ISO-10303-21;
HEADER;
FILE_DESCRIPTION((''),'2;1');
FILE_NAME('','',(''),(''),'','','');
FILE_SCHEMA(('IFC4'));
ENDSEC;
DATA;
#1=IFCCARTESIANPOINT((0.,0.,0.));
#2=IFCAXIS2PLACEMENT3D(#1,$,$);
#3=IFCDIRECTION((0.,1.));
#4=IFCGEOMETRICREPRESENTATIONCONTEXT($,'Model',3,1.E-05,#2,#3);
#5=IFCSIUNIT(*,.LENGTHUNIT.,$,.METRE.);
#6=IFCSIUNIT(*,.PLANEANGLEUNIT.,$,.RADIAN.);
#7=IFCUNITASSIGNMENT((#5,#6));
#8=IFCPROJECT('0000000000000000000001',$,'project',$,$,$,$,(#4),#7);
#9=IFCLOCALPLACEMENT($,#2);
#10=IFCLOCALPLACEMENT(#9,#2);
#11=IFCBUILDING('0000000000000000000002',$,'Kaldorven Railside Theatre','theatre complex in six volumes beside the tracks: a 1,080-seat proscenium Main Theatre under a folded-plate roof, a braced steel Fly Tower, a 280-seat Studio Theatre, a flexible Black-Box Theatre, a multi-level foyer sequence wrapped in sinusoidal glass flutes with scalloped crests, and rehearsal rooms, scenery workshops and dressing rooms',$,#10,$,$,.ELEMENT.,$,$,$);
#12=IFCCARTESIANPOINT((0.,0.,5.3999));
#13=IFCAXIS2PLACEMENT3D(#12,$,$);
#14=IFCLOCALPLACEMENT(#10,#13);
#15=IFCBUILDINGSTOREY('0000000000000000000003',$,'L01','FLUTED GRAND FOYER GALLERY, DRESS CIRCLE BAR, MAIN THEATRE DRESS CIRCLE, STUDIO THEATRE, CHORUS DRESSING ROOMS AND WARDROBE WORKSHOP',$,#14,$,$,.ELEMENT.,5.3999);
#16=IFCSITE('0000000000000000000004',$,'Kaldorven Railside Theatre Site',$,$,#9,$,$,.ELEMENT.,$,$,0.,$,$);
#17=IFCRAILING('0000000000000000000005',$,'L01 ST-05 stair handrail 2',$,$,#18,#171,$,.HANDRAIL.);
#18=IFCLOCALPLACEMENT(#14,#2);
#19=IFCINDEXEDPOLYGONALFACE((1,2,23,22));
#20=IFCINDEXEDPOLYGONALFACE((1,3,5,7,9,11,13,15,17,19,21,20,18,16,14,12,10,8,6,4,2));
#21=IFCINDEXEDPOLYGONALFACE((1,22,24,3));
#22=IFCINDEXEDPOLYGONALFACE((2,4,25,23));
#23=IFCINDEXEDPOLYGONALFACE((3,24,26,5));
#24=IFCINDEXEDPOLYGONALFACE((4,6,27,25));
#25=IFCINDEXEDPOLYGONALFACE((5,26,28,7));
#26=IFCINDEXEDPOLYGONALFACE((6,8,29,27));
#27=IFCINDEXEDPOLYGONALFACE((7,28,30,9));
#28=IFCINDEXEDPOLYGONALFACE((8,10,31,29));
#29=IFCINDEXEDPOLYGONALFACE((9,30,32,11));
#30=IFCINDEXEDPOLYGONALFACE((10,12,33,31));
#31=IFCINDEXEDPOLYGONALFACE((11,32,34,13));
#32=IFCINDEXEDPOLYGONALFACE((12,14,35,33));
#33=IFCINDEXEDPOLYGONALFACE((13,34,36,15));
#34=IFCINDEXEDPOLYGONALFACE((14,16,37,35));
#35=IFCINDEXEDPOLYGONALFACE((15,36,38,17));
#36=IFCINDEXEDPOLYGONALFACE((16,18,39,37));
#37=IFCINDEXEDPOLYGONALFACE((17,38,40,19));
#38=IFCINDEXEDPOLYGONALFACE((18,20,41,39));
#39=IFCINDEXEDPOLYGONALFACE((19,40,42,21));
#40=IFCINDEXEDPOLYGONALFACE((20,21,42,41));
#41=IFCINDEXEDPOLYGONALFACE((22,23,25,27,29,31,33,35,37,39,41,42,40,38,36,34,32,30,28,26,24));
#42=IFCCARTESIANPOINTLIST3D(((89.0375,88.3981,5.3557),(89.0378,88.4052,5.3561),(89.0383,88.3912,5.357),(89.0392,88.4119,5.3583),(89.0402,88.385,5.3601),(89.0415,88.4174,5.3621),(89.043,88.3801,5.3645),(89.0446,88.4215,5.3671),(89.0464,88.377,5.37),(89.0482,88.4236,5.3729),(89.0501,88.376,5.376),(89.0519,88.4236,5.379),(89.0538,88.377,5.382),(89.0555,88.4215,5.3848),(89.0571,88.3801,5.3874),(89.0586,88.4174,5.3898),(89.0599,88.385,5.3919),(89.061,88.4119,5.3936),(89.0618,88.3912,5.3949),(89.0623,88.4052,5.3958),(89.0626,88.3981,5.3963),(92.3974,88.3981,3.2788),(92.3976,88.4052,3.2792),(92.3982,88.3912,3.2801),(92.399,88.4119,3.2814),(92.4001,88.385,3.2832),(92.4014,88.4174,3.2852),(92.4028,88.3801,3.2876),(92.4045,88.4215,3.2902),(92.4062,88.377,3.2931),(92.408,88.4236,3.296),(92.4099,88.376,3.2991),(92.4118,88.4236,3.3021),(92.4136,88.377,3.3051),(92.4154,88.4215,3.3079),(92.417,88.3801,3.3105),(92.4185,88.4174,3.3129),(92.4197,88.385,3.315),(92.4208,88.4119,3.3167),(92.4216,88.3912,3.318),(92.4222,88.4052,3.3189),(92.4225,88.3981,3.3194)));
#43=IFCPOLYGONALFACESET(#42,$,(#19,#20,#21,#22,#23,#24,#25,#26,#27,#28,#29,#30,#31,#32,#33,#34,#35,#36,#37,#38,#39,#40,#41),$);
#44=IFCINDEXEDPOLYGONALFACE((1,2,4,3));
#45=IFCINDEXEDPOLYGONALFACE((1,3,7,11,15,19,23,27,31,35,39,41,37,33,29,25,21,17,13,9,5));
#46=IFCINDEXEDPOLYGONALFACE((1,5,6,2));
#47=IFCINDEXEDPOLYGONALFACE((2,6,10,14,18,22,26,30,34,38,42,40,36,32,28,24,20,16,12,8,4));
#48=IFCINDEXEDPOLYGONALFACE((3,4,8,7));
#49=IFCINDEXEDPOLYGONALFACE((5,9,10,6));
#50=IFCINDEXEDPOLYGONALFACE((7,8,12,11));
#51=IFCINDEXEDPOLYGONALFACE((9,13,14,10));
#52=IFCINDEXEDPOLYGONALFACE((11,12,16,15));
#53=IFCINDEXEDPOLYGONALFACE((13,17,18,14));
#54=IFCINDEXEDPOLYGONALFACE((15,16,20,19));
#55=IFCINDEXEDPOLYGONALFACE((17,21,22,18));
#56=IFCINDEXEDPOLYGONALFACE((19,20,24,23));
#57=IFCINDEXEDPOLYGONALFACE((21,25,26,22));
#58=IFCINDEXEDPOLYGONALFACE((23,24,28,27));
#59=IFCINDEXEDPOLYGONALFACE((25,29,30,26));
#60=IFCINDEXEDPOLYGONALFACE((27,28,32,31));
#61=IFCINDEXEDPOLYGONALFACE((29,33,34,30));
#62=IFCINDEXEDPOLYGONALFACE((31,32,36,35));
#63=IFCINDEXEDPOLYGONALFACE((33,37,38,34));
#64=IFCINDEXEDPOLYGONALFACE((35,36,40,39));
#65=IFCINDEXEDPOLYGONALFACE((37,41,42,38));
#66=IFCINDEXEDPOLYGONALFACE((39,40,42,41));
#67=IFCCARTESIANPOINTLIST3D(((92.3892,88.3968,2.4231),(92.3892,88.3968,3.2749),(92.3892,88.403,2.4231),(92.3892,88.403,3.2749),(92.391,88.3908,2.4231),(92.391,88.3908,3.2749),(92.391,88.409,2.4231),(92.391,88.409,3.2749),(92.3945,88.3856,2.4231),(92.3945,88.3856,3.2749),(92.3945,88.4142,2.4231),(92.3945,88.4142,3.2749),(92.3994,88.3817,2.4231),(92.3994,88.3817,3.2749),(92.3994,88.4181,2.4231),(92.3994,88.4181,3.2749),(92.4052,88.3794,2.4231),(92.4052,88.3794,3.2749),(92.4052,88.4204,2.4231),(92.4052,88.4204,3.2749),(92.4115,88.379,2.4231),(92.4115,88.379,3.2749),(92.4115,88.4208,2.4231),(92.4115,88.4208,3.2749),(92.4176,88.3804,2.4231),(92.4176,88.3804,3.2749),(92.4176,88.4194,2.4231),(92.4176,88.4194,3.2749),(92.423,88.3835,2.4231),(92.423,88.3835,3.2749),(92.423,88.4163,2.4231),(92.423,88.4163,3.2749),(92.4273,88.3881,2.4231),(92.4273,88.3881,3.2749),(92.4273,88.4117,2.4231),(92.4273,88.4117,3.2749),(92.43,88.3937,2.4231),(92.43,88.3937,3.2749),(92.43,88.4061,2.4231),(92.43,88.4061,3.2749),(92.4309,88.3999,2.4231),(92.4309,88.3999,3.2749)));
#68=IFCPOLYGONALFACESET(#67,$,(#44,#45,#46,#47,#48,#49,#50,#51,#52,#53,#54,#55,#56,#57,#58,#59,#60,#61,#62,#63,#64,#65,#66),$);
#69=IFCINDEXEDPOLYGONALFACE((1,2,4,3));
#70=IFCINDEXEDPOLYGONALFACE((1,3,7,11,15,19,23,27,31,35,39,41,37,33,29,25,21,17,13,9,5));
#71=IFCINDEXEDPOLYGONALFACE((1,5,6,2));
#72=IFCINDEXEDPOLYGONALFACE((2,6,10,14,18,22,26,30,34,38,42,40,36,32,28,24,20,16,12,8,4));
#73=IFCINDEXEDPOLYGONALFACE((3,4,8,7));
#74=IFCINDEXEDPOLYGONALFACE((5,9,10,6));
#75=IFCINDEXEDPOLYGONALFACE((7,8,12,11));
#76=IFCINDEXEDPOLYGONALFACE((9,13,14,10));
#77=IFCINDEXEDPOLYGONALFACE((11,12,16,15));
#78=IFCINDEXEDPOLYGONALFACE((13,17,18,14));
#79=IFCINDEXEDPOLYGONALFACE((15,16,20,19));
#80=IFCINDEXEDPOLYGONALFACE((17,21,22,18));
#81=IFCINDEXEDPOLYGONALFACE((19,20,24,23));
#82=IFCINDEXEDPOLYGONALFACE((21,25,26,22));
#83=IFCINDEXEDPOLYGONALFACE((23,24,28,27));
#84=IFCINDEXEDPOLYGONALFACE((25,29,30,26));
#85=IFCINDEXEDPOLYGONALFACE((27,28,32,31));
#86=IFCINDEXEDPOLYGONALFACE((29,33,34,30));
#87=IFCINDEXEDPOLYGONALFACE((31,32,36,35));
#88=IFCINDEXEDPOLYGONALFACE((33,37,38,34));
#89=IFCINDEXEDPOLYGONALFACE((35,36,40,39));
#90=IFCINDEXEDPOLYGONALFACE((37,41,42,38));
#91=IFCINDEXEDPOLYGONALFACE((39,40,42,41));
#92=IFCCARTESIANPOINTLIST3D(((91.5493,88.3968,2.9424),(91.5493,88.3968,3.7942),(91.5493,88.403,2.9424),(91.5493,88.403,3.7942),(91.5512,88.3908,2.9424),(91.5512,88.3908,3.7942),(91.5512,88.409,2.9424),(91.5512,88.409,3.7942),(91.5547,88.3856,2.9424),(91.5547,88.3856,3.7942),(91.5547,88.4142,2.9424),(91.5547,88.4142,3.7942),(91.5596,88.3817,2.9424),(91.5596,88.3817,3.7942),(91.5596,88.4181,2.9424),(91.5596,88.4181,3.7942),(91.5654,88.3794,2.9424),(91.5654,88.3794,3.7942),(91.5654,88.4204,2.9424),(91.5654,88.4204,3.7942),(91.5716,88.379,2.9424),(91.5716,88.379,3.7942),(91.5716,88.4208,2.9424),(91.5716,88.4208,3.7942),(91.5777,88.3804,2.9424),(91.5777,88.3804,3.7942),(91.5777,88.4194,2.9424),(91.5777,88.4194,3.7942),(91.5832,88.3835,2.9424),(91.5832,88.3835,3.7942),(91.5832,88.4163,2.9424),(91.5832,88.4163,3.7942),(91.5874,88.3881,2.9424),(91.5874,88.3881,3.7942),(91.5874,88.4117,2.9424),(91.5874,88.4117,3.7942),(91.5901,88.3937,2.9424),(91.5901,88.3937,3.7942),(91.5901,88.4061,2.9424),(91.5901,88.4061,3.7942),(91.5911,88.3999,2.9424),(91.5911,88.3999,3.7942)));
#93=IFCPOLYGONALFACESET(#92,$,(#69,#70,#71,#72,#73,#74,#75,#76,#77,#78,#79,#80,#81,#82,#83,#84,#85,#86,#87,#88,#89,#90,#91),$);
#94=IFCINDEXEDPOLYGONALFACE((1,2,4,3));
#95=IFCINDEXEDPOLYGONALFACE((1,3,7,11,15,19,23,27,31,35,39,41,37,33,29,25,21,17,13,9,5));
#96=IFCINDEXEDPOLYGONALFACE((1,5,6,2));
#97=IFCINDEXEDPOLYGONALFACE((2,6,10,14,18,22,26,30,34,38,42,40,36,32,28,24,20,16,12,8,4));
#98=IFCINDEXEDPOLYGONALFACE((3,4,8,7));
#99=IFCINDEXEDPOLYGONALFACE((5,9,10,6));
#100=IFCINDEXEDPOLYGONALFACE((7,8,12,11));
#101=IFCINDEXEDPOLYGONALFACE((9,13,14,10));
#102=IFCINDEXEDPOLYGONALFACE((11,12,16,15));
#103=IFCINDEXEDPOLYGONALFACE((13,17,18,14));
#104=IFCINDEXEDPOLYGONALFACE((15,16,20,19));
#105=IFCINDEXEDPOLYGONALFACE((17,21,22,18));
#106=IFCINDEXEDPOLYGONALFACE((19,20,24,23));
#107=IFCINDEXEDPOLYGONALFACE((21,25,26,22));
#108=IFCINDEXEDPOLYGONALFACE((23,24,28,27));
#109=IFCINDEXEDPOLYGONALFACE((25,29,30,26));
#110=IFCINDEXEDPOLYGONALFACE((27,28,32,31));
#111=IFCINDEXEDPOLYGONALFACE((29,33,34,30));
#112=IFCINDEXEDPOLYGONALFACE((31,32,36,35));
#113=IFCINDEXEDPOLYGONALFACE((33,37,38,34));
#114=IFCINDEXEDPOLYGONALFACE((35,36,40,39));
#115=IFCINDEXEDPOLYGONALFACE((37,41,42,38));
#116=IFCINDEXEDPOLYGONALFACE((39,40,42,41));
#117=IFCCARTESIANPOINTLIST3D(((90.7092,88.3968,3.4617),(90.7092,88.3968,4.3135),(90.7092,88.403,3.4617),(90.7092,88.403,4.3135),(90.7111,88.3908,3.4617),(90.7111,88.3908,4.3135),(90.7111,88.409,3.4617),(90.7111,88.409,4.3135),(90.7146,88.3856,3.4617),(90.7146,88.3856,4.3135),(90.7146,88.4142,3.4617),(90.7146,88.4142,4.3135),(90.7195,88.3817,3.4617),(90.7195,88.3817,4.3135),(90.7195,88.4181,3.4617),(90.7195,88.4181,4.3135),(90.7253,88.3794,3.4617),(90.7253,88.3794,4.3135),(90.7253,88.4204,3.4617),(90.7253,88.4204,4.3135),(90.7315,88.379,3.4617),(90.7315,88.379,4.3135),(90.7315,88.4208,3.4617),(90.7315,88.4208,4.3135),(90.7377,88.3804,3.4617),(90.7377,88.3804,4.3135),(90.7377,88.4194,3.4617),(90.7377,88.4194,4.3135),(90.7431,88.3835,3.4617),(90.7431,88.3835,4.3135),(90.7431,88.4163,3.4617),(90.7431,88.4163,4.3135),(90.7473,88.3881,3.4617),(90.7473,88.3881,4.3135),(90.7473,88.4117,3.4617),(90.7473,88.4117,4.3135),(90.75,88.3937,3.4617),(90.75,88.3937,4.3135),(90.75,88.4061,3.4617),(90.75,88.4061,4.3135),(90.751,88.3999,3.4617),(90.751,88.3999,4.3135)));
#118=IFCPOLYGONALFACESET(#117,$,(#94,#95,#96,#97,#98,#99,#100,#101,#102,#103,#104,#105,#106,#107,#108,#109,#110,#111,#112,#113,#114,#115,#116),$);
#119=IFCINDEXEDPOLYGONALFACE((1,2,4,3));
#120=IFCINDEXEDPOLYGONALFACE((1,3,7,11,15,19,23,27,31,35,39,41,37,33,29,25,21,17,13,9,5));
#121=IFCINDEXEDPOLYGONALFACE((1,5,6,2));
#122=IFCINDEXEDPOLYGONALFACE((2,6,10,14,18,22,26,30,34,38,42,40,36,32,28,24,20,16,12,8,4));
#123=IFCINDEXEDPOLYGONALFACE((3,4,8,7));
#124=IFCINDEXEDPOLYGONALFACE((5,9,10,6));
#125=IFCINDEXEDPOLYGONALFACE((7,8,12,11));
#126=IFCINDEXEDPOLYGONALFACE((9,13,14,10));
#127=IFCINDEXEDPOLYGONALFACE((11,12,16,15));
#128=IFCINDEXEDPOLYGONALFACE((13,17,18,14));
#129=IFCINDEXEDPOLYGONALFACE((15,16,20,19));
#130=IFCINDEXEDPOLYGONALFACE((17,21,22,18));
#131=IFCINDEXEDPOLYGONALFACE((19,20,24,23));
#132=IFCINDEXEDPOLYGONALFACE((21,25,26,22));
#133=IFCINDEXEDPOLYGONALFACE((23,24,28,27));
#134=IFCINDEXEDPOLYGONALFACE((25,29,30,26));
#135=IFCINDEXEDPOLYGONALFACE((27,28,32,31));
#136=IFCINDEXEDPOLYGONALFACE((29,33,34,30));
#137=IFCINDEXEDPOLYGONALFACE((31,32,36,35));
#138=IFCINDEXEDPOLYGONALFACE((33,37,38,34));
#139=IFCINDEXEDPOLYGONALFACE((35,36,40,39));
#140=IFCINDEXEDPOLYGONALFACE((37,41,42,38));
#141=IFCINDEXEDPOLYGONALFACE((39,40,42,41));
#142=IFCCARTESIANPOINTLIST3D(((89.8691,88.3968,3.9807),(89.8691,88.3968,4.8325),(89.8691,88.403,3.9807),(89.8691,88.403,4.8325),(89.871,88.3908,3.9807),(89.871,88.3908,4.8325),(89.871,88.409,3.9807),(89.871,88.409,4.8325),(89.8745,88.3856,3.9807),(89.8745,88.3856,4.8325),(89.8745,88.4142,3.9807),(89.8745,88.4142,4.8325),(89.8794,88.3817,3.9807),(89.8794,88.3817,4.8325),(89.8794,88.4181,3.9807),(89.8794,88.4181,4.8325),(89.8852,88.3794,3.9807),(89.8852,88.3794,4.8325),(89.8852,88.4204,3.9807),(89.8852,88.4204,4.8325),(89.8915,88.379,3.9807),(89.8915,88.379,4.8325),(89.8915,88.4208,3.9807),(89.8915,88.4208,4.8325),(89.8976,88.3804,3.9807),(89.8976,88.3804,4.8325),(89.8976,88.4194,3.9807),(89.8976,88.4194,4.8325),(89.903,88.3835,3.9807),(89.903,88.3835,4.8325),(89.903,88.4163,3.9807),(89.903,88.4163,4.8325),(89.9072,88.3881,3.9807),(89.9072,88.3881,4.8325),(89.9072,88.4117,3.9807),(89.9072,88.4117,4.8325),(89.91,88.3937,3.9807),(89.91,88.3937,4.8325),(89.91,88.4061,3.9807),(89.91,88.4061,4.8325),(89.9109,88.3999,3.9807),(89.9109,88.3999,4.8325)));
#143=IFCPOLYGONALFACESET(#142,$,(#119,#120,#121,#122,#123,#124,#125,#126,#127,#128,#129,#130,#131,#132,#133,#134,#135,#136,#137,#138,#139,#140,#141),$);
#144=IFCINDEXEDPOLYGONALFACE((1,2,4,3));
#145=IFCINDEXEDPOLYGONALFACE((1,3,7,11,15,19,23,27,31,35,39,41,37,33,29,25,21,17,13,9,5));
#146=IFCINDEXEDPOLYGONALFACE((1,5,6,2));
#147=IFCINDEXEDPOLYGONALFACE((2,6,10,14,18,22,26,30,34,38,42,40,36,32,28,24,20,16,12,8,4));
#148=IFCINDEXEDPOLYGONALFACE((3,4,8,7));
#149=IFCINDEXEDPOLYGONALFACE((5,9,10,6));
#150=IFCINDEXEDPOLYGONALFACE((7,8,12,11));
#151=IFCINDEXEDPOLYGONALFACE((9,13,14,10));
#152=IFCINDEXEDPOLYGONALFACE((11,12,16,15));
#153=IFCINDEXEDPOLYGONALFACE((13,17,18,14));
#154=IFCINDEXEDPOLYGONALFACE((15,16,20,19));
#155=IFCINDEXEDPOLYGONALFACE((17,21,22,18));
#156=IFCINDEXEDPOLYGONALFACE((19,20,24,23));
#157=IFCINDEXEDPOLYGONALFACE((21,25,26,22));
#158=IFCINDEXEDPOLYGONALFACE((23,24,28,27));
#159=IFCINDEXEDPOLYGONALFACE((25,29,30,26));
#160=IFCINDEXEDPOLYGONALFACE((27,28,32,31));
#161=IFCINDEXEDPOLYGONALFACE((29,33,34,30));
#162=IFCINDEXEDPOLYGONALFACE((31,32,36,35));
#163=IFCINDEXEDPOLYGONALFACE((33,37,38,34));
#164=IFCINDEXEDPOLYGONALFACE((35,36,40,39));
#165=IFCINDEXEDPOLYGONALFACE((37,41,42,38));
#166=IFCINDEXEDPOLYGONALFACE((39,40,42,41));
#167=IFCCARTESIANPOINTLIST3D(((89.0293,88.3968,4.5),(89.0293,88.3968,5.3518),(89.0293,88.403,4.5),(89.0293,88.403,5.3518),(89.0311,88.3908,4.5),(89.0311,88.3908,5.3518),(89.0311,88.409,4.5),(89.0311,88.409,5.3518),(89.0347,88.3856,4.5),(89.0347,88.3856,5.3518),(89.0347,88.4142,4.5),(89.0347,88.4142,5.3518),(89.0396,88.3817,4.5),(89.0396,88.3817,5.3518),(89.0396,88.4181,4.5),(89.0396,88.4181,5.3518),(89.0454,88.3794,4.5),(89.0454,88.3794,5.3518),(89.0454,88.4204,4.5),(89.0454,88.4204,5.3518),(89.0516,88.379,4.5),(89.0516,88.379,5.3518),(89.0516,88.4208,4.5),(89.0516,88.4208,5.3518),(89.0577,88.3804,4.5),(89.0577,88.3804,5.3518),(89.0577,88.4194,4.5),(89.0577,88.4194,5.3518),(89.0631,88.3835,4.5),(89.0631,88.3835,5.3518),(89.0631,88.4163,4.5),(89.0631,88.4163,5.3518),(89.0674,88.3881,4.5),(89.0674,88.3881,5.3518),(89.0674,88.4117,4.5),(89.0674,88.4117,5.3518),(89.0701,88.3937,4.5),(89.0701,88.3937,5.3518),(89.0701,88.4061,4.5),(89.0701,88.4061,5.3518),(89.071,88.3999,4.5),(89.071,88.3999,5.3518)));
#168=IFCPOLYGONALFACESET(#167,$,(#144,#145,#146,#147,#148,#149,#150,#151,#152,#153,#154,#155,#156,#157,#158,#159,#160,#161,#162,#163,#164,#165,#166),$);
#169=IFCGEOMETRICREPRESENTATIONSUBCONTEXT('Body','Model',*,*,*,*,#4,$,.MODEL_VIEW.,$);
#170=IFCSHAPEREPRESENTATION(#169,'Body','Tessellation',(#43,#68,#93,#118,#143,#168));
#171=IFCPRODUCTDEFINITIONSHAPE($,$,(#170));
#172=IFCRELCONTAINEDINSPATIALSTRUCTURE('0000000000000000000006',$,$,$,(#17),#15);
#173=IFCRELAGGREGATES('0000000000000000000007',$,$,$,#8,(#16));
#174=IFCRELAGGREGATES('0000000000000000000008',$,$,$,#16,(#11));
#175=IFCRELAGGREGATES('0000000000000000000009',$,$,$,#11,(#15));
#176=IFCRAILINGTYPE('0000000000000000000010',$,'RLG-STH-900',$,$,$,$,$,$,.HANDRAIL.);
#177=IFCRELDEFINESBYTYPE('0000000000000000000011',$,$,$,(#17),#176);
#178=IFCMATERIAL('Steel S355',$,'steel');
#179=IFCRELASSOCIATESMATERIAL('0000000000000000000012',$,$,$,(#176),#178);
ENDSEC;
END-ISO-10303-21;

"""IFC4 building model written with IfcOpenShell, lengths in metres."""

from ifc_helpers import new_model, si_unit, direction, frame, origin, origin_2d, place, context, subcontext, project, spatial, circle, extrude, material, type_object, element, save


model = new_model("IFC4")

# Units and contexts
model_context = context("Model", 3, precision=1e-05, world=origin(), true_north=direction((0.0, 1.0)))
body_context = subcontext(model_context, "Body", "Model", "MODEL_VIEW")
ifc_project = project(units=[si_unit("LENGTHUNIT", "METRE"), si_unit("PLANEANGLEUNIT", "RADIAN")], contexts=[model_context])

# Site, building, storey
site_placement = place(None, origin())
site = spatial("IfcSite", under=ifc_project, at=site_placement, Name="Kaldorven Railside Theatre Site", CompositionType="ELEMENT", RefElevation=0.0)
building_placement = place(site_placement, origin())
building = spatial("IfcBuilding", under=site, at=building_placement, Name="Kaldorven Railside Theatre", Description="theatre complex in six volumes beside the tracks: a 1,080-seat proscenium Main Theatre under a folded-plate roof, a braced steel Fly Tower, a 280-seat Studio Theatre, a flexible Black-Box Theatre, a multi-level foyer sequence wrapped in sinusoidal glass flutes with scalloped crests, and rehearsal rooms, scenery workshops and dressing rooms", CompositionType="ELEMENT")
storey_placement = place(building_placement, frame((0.0, 0.0, 5.3999)))
storey = spatial("IfcBuildingStorey", under=building, at=storey_placement, Name="L01", Description="FLUTED GRAND FOYER GALLERY, DRESS CIRCLE BAR, MAIN THEATRE DRESS CIRCLE, STUDIO THEATRE, CHORUS DRESSING ROOMS AND WARDROBE WORKSHOP", CompositionType="ELEMENT", Elevation=5.3999)

# Shared definitions
ifc_material_1 = material(Name="Steel S355", Category="steel")

# Railing
railing_type_1 = type_object("IfcRailingType", Name="RLG-STH-900", PredefinedType="HANDRAIL", material=ifc_material_1)
railing_1_placement = place(storey_placement, frame((92.4099, 88.3999, 2.4231)))
element("IfcRailing", 1, at=railing_1_placement, inside=storey, type_object=railing_type_1, Name="L01 ST-05 stair handrail 2", PredefinedType="HANDRAIL", context=body_context, shape_type="SweptSolid", body=[
    extrude(circle(Radius=0.0239, at=origin_2d()), frame((0.0, 0.0, 0.876), z_axis=(-0.850606, 0.0, 0.525803), x_axis=(0.0, -1.0, 0.0)), (0.0, 0.0, 1.0), 3.95),
    extrude(circle(Radius=0.021, at=origin_2d()), origin(), (0.0, 0.0, 1.0), 0.8518),
    extrude(circle(Radius=0.021, at=origin_2d()), frame((-0.8398, 0.0, 0.5193)), (0.0, 0.0, 1.0), 0.8518),
    extrude(circle(Radius=0.021, at=origin_2d()), frame((-1.6799, 0.0, 1.0386)), (0.0, 0.0, 1.0), 0.8518),
    extrude(circle(Radius=0.021, at=origin_2d()), frame((-2.52, 0.0, 1.5576)), (0.0, 0.0, 1.0), 0.8518),
    extrude(circle(Radius=0.021, at=origin_2d()), frame((-3.3599, 0.0, 2.0769)), (0.0, 0.0, 1.0), 0.8518),
])

save(model, "model.ifc")
